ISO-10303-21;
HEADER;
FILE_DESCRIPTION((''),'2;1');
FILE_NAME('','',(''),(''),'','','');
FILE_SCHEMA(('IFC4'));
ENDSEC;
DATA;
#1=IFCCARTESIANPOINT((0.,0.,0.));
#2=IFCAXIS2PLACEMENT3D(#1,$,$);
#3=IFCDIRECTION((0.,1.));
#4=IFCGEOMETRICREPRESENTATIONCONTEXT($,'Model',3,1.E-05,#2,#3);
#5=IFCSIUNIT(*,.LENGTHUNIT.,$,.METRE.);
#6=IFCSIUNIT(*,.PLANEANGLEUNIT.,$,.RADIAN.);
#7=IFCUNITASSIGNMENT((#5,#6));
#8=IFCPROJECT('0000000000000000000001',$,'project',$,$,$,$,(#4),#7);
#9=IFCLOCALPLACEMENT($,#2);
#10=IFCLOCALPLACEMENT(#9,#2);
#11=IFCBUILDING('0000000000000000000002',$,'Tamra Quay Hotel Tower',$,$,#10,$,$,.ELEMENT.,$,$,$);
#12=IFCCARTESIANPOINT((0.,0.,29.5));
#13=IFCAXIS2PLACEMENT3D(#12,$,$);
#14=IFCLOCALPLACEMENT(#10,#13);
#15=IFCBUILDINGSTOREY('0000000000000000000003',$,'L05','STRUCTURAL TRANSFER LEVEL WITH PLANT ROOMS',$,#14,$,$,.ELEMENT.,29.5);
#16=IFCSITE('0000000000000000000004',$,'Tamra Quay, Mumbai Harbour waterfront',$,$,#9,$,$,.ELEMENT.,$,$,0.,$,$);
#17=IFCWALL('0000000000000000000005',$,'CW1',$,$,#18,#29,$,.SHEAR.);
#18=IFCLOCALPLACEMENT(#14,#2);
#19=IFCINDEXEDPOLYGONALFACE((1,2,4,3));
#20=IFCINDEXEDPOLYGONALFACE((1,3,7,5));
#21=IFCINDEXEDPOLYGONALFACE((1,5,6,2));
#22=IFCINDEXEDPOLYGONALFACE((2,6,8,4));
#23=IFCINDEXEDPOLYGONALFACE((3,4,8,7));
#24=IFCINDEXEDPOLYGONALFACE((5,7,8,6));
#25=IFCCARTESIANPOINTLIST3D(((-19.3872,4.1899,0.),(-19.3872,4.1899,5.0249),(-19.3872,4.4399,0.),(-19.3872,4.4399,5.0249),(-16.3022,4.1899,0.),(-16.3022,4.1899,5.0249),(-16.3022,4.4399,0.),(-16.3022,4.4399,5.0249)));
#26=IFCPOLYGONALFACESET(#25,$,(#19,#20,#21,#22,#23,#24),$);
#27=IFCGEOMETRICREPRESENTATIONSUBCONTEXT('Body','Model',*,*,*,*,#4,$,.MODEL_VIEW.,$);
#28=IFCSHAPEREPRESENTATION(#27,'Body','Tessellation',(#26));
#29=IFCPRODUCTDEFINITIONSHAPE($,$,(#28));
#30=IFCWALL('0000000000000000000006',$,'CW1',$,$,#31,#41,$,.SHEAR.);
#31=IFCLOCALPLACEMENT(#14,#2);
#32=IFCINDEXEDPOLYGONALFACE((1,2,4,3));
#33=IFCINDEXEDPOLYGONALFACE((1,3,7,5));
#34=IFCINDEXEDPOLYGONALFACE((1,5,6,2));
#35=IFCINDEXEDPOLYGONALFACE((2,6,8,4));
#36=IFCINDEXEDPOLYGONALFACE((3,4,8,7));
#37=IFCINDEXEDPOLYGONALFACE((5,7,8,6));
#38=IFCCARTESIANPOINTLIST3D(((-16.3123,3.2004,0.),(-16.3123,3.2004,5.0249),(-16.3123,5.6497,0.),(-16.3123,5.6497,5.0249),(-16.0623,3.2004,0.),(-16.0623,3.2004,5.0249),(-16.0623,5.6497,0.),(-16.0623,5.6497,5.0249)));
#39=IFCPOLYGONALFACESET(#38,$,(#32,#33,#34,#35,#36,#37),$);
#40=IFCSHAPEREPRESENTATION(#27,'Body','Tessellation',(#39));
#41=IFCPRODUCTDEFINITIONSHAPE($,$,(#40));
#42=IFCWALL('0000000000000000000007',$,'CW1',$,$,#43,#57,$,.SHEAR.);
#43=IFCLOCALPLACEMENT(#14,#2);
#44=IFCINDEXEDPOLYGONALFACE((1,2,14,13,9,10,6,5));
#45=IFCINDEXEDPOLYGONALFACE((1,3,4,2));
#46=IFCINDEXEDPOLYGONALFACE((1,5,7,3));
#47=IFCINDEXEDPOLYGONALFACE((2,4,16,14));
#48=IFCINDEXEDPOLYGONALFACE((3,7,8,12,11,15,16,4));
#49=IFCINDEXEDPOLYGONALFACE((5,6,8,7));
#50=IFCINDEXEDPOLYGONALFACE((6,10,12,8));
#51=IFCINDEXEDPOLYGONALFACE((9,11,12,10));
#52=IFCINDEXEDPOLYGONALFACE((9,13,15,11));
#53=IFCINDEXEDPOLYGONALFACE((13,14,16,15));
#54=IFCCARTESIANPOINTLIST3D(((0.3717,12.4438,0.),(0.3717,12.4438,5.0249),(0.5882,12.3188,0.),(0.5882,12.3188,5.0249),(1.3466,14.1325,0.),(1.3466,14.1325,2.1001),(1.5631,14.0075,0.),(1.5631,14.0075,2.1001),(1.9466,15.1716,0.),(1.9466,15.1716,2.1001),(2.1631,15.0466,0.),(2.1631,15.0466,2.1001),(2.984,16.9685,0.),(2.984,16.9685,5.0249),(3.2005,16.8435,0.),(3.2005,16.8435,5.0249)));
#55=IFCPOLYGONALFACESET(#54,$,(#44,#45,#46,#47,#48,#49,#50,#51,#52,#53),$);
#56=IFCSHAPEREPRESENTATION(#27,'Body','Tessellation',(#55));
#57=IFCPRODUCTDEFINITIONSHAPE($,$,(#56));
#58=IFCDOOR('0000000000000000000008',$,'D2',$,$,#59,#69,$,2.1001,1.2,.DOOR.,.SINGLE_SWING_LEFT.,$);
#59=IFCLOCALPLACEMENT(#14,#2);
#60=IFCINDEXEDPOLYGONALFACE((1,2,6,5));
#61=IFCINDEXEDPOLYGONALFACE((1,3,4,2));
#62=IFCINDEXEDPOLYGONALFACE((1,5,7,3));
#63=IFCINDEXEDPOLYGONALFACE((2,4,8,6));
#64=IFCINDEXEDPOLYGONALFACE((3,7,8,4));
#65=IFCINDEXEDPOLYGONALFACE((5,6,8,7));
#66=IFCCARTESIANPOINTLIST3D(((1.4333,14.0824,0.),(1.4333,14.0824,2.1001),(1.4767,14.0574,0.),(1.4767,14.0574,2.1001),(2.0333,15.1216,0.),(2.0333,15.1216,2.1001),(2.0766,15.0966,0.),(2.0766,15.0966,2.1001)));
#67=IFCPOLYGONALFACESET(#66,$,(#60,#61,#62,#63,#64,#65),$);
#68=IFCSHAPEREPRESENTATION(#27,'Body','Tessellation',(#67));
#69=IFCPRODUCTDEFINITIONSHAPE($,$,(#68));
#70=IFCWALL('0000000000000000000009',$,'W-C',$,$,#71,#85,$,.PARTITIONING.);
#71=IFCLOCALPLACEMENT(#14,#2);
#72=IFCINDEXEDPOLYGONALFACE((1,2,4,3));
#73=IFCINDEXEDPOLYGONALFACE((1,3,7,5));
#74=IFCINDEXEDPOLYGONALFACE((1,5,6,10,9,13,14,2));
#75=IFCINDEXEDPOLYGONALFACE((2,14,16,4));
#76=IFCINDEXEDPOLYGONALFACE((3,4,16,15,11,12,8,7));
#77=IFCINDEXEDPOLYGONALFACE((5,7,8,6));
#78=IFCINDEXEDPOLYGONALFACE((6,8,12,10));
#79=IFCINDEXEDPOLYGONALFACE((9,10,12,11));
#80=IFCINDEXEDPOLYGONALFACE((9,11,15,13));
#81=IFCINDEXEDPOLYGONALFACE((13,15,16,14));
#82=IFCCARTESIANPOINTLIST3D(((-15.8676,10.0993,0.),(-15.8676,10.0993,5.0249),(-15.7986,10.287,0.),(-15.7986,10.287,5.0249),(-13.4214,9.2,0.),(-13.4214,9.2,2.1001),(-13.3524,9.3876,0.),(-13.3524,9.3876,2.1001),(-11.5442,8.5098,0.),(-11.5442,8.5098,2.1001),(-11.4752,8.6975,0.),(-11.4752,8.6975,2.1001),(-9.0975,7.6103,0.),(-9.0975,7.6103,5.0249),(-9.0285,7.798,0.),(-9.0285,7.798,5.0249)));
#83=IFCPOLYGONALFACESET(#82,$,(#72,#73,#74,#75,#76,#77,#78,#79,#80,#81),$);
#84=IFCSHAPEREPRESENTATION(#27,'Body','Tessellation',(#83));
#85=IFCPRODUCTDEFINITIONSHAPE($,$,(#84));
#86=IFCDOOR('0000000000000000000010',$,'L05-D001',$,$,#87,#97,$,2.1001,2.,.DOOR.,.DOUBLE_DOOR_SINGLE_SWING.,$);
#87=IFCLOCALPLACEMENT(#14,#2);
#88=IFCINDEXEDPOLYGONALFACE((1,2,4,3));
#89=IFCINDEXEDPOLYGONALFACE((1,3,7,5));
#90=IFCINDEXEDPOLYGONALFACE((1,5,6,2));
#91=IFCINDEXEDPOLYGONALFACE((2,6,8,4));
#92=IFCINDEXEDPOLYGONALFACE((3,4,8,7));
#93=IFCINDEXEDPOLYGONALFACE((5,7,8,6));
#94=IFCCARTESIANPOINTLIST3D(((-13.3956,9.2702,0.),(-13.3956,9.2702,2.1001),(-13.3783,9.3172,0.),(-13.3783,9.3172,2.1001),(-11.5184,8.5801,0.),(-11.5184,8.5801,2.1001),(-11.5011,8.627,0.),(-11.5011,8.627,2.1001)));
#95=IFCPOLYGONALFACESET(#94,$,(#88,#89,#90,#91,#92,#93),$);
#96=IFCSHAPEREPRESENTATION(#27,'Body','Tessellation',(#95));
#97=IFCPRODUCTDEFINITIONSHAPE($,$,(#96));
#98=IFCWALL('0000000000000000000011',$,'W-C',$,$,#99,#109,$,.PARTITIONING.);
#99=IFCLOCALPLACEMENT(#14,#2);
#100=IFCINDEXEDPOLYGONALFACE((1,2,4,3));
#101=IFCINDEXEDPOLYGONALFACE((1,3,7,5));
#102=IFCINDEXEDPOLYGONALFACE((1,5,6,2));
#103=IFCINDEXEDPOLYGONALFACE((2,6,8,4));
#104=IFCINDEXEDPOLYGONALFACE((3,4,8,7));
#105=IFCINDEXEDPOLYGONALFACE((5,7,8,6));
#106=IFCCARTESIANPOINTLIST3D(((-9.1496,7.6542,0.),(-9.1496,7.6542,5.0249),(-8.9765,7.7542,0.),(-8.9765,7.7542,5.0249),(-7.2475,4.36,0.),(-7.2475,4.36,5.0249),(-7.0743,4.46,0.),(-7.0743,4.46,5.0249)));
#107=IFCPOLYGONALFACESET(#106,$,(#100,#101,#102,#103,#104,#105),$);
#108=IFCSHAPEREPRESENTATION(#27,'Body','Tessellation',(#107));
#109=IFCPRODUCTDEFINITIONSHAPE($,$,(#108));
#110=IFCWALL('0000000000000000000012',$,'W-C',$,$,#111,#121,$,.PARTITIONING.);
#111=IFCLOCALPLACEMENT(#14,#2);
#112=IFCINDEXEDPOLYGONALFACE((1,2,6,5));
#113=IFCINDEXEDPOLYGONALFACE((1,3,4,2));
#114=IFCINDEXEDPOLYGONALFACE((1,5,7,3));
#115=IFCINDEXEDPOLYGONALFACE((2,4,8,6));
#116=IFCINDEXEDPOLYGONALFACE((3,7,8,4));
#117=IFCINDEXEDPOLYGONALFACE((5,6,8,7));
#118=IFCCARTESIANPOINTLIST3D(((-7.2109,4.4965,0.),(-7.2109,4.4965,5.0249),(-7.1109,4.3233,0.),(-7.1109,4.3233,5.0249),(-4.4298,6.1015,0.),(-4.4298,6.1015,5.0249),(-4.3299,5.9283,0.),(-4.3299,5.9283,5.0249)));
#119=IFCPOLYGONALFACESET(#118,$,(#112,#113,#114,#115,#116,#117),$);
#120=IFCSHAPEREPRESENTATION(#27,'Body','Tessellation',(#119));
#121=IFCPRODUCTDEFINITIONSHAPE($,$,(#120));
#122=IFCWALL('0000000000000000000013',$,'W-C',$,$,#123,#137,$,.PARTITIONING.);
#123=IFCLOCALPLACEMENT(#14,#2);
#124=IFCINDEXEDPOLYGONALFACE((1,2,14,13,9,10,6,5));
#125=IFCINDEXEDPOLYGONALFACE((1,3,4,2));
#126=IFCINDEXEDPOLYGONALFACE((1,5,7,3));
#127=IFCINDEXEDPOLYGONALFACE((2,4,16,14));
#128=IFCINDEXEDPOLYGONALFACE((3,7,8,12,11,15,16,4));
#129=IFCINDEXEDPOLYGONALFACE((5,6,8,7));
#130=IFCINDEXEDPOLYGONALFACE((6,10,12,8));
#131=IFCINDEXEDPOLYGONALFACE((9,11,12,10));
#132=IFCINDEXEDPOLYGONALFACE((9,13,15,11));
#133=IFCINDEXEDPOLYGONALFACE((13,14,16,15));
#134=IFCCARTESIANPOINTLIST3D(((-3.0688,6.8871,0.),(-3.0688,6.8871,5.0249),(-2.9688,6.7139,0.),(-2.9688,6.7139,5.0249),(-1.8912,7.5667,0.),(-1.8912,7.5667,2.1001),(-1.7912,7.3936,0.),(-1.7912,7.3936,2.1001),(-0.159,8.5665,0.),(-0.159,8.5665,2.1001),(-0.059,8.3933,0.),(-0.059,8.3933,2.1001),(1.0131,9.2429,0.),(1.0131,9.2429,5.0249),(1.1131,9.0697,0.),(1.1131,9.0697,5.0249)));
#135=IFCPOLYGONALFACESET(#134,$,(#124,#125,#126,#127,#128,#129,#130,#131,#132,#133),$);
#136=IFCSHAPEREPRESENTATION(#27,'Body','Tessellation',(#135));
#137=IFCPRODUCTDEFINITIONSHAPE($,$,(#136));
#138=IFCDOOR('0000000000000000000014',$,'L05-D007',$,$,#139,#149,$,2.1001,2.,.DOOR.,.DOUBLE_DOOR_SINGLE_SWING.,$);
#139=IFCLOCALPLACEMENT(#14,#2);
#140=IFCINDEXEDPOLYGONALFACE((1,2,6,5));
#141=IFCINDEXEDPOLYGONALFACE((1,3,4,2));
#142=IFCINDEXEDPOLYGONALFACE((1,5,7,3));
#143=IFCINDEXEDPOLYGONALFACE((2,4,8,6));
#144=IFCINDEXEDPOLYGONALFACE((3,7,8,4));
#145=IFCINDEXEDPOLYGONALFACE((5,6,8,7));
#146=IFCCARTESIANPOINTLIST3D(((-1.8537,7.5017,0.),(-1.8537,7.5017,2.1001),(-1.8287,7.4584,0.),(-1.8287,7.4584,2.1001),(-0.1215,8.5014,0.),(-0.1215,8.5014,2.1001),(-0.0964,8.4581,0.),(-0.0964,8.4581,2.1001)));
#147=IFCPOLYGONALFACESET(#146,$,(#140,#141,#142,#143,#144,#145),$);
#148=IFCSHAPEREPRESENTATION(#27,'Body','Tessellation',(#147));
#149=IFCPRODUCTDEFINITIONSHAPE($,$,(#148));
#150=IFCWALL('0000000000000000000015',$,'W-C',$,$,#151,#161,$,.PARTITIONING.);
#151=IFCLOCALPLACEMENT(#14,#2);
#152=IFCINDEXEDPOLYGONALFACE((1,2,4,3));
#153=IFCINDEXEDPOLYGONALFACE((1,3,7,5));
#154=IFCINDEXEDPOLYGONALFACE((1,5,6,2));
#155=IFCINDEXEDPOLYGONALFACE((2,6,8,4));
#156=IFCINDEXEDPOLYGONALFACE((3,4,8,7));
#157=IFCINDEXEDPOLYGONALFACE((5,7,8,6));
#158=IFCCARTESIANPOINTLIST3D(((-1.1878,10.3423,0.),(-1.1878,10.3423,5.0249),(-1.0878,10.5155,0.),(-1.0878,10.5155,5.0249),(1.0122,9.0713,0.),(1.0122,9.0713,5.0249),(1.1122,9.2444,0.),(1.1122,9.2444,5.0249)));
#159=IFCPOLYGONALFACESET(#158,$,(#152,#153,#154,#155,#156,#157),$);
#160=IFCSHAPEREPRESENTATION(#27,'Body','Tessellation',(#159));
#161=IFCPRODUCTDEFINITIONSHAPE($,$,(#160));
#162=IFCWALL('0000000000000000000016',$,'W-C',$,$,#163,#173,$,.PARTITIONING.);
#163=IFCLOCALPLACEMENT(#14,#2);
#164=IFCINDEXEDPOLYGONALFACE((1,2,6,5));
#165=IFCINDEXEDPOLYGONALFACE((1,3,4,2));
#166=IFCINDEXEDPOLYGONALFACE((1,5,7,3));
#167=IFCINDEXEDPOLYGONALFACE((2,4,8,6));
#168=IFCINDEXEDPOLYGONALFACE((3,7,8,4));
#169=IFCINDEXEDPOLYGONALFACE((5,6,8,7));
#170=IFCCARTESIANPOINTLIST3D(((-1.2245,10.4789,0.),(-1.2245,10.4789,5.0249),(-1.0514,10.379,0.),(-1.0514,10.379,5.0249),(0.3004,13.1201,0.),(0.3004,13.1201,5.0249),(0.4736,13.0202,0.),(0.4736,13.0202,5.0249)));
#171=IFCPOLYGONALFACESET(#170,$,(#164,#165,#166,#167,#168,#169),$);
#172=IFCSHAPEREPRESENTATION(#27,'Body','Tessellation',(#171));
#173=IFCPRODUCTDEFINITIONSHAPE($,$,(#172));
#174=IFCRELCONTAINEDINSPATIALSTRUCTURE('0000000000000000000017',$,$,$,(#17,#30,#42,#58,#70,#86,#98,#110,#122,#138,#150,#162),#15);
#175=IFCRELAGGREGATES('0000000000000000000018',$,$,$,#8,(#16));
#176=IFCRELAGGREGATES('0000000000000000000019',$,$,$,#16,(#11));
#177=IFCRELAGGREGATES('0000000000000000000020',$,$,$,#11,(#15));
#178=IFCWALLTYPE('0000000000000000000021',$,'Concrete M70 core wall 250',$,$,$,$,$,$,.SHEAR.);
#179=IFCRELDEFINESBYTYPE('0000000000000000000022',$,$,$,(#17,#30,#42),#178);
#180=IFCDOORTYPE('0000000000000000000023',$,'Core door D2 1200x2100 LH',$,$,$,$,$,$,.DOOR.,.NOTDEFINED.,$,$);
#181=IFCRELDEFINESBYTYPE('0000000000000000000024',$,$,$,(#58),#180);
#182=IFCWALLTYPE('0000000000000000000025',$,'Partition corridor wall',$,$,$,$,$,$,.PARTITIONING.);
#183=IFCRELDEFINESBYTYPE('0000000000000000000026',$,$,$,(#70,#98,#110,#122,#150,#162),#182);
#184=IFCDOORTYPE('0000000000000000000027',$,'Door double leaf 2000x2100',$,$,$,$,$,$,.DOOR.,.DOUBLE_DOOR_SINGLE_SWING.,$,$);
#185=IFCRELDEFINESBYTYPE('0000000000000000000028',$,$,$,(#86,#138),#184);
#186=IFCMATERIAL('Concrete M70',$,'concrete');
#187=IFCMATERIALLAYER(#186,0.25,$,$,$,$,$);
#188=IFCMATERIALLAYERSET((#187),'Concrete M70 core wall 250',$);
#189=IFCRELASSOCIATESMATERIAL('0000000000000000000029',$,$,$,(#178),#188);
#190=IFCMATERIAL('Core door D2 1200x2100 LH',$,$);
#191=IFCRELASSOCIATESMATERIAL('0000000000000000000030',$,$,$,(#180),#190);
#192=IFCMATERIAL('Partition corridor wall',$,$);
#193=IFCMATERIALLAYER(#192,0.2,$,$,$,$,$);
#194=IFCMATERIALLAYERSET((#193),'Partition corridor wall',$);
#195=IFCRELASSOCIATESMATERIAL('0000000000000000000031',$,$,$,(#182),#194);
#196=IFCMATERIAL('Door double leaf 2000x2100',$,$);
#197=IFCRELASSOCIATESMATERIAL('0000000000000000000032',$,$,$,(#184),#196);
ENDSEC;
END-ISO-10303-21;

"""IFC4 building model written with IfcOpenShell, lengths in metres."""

from ifc_helpers import new_model, si_unit, direction, frame, frame_2d, origin, place, context, subcontext, project, spatial, rectangle, extrude, material, layer, layer_set, type_object, element, fill, save


model = new_model("IFC4")

# Units and contexts
model_context = context("Model", 3, precision=1e-05, world=origin(), true_north=direction((0.0, 1.0)))
body_context = subcontext(model_context, "Body", "Model", "MODEL_VIEW")
ifc_project = project(units=[si_unit("LENGTHUNIT", "METRE"), si_unit("PLANEANGLEUNIT", "RADIAN")], contexts=[model_context])

# Site, building, storey
site_placement = place(None, origin())
site = spatial("IfcSite", under=ifc_project, at=site_placement, Name="Tamra Quay, Mumbai Harbour waterfront", CompositionType="ELEMENT", RefElevation=0.0)
building_placement = place(site_placement, origin())
building = spatial("IfcBuilding", under=site, at=building_placement, Name="Tamra Quay Hotel Tower", CompositionType="ELEMENT")
storey_placement = place(building_placement, frame((0.0, 0.0, 29.5)))
storey = spatial("IfcBuildingStorey", under=building, at=storey_placement, Name="L05", Description="STRUCTURAL TRANSFER LEVEL WITH PLANT ROOMS", CompositionType="ELEMENT", Elevation=29.5)

# Shared definitions
ifc_material_1 = material(Name="Concrete M70", Category="concrete")

# Shared definitions
ifc_layer_1 = layer(ifc_material_1, 0.25)
ifc_layer_set_1 = layer_set([ifc_layer_1], Name="Concrete M70 core wall 250")
wall_type_1 = type_object("IfcWallType", Name="Concrete M70 core wall 250", PredefinedType="SHEAR", material=ifc_layer_set_1)

# Walls
wall_1_placement = place(storey_placement, frame((-16.3022, 4.3149, 0.0), z_axis=(0.0, 0.0, 1.0), x_axis=(-1.0, 0.0, 0.0)))
element("IfcWall", 1, at=wall_1_placement, inside=storey, type_object=wall_type_1, Name="CW1", PredefinedType="SHEAR", context=body_context, shape_type="SweptSolid", body=[
    extrude(rectangle(XDim=3.085, YDim=0.25, at=frame_2d((1.5425, 0.0))), origin(), (0.0, 0.0, 1.0), 5.0249),
])
wall_2_placement = place(storey_placement, frame((-16.1873, 3.2004, 0.0), z_axis=(0.0, 0.0, 1.0), x_axis=(0.0, 1.0, 0.0)))
element("IfcWall", 2, at=wall_2_placement, inside=storey, type_object=wall_type_1, Name="CW1", PredefinedType="SHEAR", context=body_context, shape_type="SweptSolid", body=[
    extrude(rectangle(XDim=2.4492, YDim=0.25, at=frame_2d((1.2246, 0.0))), origin(), (0.0, 0.0, 1.0), 5.0249),
])

# Walls, openings, doors
wall_3_placement = place(storey_placement, frame((0.48, 12.3813, 0.0), z_axis=(0.0, 0.0, 1.0), x_axis=(0.499999, 0.866026, 0.0)))
wall_3 = element("IfcWall", 3, at=wall_3_placement, inside=storey, type_object=wall_type_1, Name="CW1", PredefinedType="SHEAR", context=body_context, shape_type="SweptSolid", body=[
    extrude(rectangle(XDim=5.2246, YDim=0.25, at=frame_2d((2.6123, 0.0))), origin(), (0.0, 0.0, 1.0), 5.0249),
])
opening_1_placement = place(wall_3_placement, frame((1.9497, 0.0, 0.0)))
opening_1 = element("IfcOpeningElement", 4, at=opening_1_placement, cuts=wall_3, PredefinedType="OPENING", context=body_context, shape_type="SweptSolid", body=[
    extrude(rectangle(XDim=1.2, YDim=2.1001, at=frame_2d((0.6001, 1.05))), frame((0.0, 0.135, 0.0), z_axis=(0.0, -1.0, 0.0), x_axis=(1.0, 0.0, 0.0)), (0.0, 0.0, 1.0), 0.27),
])
ifc_material_2 = material(Name="Core door D2 1200x2100 LH")
door_type_1 = type_object("IfcDoorType", Name="Core door D2 1200x2100 LH", OperationType="NOTDEFINED", PredefinedType="DOOR", material=ifc_material_2)
door_1_placement = place(opening_1_placement, origin())
door_1 = element("IfcDoor", 5, at=door_1_placement, inside=storey, type_object=door_type_1, Name="D2", OperationType="SINGLE_SWING_LEFT", OverallHeight=2.1001, OverallWidth=1.2, PredefinedType="DOOR", context=body_context, shape_type="SweptSolid", body=[
    extrude(rectangle(XDim=1.2, YDim=2.1001, at=frame_2d((0.6001, 1.05))), frame((0.0, 0.0249, 0.0), z_axis=(0.0, -1.0, 0.0), x_axis=(1.0, 0.0, 0.0)), (0.0, 0.0, 1.0), 0.05),
])
fill(opening_1, door_1)
ifc_material_3 = material(Name="Partition corridor wall")
ifc_layer_2 = layer(ifc_material_3, 0.2)
ifc_layer_set_2 = layer_set([ifc_layer_2], Name="Partition corridor wall")
wall_type_2 = type_object("IfcWallType", Name="Partition corridor wall", PredefinedType="PARTITIONING", material=ifc_layer_set_2)
wall_4_placement = place(storey_placement, frame((-15.833, 10.1931, 0.0), z_axis=(0.0, 0.0, 1.0), x_axis=(0.938577, -0.34507, 0.0)))
wall_4 = element("IfcWall", 6, at=wall_4_placement, inside=storey, type_object=wall_type_2, Name="W-C", PredefinedType="PARTITIONING", context=body_context, shape_type="SweptSolid", body=[
    extrude(rectangle(XDim=7.2131, YDim=0.2, at=frame_2d((3.6064, 0.0))), origin(), (0.0, 0.0, 1.0), 5.0249),
])
opening_2_placement = place(wall_4_placement, frame((2.6062, 0.0, 0.0)))
opening_2 = element("IfcOpeningElement", 7, at=opening_2_placement, cuts=wall_4, PredefinedType="OPENING", context=body_context, shape_type="SweptSolid", body=[
    extrude(rectangle(XDim=2.0, YDim=2.1001, at=frame_2d((1.0, 1.05))), frame((0.0, 0.1099, 0.0), z_axis=(0.0, -1.0, 0.0), x_axis=(1.0, 0.0, 0.0)), (0.0, 0.0, 1.0), 0.22),
])
ifc_material_4 = material(Name="Door double leaf 2000x2100")
door_type_2 = type_object("IfcDoorType", Name="Door double leaf 2000x2100", OperationType="DOUBLE_DOOR_SINGLE_SWING", PredefinedType="DOOR", material=ifc_material_4)
door_2_placement = place(opening_2_placement, origin())
door_2 = element("IfcDoor", 8, at=door_2_placement, inside=storey, type_object=door_type_2, Name="L05-D001", OperationType="DOUBLE_DOOR_SINGLE_SWING", OverallHeight=2.1001, OverallWidth=2.0, PredefinedType="DOOR", context=body_context, shape_type="SweptSolid", body=[
    extrude(rectangle(XDim=2.0, YDim=2.1001, at=frame_2d((1.0, 1.05))), frame((0.0, 0.0249, 0.0), z_axis=(0.0, -1.0, 0.0), x_axis=(1.0, 0.0, 0.0)), (0.0, 0.0, 1.0), 0.05),
])
fill(opening_2, door_2)

# Walls
wall_5_placement = place(storey_placement, frame((-9.063, 7.7041, 0.0), z_axis=(0.0, 0.0, 1.0), x_axis=(0.500039, -0.866003, 0.0)))
element("IfcWall", 9, at=wall_5_placement, inside=storey, type_object=wall_type_2, Name="W-C", PredefinedType="PARTITIONING", context=body_context, shape_type="SweptSolid", body=[
    extrude(rectangle(XDim=3.804, YDim=0.2, at=frame_2d((1.9019, 0.0))), origin(), (0.0, 0.0, 1.0), 5.0249),
])
wall_6_placement = place(storey_placement, frame((-7.1609, 4.4099, 0.0), z_axis=(0.0, 0.0, 1.0), x_axis=(0.866111, 0.499852, 0.0)))
element("IfcWall", 10, at=wall_6_placement, inside=storey, type_object=wall_type_2, Name="W-C", PredefinedType="PARTITIONING", context=body_context, shape_type="SweptSolid", body=[
    extrude(rectangle(XDim=3.2109, YDim=0.2, at=frame_2d((1.6055, 0.0))), origin(), (0.0, 0.0, 1.0), 5.0249),
])

# Wall, opening, door
wall_7_placement = place(storey_placement, frame((-3.0188, 6.8005, 0.0), z_axis=(0.0, 0.0, 1.0), x_axis=(0.866109, 0.499855, 0.0)))
wall_7 = element("IfcWall", 11, at=wall_7_placement, inside=storey, type_object=wall_type_2, Name="W-C", PredefinedType="PARTITIONING", context=body_context, shape_type="SweptSolid", body=[
    extrude(rectangle(XDim=4.7129, YDim=0.2, at=frame_2d((2.3564, 0.0))), origin(), (0.0, 0.0, 1.0), 5.0249),
])
opening_3_placement = place(wall_7_placement, frame((1.3596, 0.0, 0.0)))
opening_3 = element("IfcOpeningElement", 12, at=opening_3_placement, cuts=wall_7, PredefinedType="OPENING", context=body_context, shape_type="SweptSolid", body=[
    extrude(rectangle(XDim=2.0, YDim=2.1001, at=frame_2d((1.0, 1.05))), frame((0.0, 0.1099, 0.0), z_axis=(0.0, -1.0, 0.0), x_axis=(1.0, 0.0, 0.0)), (0.0, 0.0, 1.0), 0.22),
])
door_3_placement = place(opening_3_placement, origin())
door_3 = element("IfcDoor", 13, at=door_3_placement, inside=storey, type_object=door_type_2, Name="L05-D007", OperationType="DOUBLE_DOOR_SINGLE_SWING", OverallHeight=2.1001, OverallWidth=2.0, PredefinedType="DOOR", context=body_context, shape_type="SweptSolid", body=[
    extrude(rectangle(XDim=2.0, YDim=2.1001, at=frame_2d((1.0, 1.05))), frame((0.0, 0.0249, 0.0), z_axis=(0.0, -1.0, 0.0), x_axis=(1.0, 0.0, 0.0)), (0.0, 0.0, 1.0), 0.05),
])
fill(opening_3, door_3)

# Walls
wall_8_placement = place(storey_placement, frame((-1.1379, 10.429, 0.0), z_axis=(0.0, 0.0, 1.0), x_axis=(0.86588, -0.500252, 0.0)))
element("IfcWall", 14, at=wall_8_placement, inside=storey, type_object=wall_type_2, Name="W-C", PredefinedType="PARTITIONING", context=body_context, shape_type="SweptSolid", body=[
    extrude(rectangle(XDim=2.5408, YDim=0.2, at=frame_2d((1.2705, 0.0))), origin(), (0.0, 0.0, 1.0), 5.0249),
])
wall_9_placement = place(storey_placement, frame((-1.1379, 10.429, 0.0), z_axis=(0.0, 0.0, 1.0), x_axis=(0.500013, 0.866018, 0.0)))
element("IfcWall", 15, at=wall_9_placement, inside=storey, type_object=wall_type_2, Name="W-C", PredefinedType="PARTITIONING", context=body_context, shape_type="SweptSolid", body=[
    extrude(rectangle(XDim=3.0498, YDim=0.2, at=frame_2d((1.5249, 0.0))), origin(), (0.0, 0.0, 1.0), 5.0249),
])

save(model, "model.ifc")
